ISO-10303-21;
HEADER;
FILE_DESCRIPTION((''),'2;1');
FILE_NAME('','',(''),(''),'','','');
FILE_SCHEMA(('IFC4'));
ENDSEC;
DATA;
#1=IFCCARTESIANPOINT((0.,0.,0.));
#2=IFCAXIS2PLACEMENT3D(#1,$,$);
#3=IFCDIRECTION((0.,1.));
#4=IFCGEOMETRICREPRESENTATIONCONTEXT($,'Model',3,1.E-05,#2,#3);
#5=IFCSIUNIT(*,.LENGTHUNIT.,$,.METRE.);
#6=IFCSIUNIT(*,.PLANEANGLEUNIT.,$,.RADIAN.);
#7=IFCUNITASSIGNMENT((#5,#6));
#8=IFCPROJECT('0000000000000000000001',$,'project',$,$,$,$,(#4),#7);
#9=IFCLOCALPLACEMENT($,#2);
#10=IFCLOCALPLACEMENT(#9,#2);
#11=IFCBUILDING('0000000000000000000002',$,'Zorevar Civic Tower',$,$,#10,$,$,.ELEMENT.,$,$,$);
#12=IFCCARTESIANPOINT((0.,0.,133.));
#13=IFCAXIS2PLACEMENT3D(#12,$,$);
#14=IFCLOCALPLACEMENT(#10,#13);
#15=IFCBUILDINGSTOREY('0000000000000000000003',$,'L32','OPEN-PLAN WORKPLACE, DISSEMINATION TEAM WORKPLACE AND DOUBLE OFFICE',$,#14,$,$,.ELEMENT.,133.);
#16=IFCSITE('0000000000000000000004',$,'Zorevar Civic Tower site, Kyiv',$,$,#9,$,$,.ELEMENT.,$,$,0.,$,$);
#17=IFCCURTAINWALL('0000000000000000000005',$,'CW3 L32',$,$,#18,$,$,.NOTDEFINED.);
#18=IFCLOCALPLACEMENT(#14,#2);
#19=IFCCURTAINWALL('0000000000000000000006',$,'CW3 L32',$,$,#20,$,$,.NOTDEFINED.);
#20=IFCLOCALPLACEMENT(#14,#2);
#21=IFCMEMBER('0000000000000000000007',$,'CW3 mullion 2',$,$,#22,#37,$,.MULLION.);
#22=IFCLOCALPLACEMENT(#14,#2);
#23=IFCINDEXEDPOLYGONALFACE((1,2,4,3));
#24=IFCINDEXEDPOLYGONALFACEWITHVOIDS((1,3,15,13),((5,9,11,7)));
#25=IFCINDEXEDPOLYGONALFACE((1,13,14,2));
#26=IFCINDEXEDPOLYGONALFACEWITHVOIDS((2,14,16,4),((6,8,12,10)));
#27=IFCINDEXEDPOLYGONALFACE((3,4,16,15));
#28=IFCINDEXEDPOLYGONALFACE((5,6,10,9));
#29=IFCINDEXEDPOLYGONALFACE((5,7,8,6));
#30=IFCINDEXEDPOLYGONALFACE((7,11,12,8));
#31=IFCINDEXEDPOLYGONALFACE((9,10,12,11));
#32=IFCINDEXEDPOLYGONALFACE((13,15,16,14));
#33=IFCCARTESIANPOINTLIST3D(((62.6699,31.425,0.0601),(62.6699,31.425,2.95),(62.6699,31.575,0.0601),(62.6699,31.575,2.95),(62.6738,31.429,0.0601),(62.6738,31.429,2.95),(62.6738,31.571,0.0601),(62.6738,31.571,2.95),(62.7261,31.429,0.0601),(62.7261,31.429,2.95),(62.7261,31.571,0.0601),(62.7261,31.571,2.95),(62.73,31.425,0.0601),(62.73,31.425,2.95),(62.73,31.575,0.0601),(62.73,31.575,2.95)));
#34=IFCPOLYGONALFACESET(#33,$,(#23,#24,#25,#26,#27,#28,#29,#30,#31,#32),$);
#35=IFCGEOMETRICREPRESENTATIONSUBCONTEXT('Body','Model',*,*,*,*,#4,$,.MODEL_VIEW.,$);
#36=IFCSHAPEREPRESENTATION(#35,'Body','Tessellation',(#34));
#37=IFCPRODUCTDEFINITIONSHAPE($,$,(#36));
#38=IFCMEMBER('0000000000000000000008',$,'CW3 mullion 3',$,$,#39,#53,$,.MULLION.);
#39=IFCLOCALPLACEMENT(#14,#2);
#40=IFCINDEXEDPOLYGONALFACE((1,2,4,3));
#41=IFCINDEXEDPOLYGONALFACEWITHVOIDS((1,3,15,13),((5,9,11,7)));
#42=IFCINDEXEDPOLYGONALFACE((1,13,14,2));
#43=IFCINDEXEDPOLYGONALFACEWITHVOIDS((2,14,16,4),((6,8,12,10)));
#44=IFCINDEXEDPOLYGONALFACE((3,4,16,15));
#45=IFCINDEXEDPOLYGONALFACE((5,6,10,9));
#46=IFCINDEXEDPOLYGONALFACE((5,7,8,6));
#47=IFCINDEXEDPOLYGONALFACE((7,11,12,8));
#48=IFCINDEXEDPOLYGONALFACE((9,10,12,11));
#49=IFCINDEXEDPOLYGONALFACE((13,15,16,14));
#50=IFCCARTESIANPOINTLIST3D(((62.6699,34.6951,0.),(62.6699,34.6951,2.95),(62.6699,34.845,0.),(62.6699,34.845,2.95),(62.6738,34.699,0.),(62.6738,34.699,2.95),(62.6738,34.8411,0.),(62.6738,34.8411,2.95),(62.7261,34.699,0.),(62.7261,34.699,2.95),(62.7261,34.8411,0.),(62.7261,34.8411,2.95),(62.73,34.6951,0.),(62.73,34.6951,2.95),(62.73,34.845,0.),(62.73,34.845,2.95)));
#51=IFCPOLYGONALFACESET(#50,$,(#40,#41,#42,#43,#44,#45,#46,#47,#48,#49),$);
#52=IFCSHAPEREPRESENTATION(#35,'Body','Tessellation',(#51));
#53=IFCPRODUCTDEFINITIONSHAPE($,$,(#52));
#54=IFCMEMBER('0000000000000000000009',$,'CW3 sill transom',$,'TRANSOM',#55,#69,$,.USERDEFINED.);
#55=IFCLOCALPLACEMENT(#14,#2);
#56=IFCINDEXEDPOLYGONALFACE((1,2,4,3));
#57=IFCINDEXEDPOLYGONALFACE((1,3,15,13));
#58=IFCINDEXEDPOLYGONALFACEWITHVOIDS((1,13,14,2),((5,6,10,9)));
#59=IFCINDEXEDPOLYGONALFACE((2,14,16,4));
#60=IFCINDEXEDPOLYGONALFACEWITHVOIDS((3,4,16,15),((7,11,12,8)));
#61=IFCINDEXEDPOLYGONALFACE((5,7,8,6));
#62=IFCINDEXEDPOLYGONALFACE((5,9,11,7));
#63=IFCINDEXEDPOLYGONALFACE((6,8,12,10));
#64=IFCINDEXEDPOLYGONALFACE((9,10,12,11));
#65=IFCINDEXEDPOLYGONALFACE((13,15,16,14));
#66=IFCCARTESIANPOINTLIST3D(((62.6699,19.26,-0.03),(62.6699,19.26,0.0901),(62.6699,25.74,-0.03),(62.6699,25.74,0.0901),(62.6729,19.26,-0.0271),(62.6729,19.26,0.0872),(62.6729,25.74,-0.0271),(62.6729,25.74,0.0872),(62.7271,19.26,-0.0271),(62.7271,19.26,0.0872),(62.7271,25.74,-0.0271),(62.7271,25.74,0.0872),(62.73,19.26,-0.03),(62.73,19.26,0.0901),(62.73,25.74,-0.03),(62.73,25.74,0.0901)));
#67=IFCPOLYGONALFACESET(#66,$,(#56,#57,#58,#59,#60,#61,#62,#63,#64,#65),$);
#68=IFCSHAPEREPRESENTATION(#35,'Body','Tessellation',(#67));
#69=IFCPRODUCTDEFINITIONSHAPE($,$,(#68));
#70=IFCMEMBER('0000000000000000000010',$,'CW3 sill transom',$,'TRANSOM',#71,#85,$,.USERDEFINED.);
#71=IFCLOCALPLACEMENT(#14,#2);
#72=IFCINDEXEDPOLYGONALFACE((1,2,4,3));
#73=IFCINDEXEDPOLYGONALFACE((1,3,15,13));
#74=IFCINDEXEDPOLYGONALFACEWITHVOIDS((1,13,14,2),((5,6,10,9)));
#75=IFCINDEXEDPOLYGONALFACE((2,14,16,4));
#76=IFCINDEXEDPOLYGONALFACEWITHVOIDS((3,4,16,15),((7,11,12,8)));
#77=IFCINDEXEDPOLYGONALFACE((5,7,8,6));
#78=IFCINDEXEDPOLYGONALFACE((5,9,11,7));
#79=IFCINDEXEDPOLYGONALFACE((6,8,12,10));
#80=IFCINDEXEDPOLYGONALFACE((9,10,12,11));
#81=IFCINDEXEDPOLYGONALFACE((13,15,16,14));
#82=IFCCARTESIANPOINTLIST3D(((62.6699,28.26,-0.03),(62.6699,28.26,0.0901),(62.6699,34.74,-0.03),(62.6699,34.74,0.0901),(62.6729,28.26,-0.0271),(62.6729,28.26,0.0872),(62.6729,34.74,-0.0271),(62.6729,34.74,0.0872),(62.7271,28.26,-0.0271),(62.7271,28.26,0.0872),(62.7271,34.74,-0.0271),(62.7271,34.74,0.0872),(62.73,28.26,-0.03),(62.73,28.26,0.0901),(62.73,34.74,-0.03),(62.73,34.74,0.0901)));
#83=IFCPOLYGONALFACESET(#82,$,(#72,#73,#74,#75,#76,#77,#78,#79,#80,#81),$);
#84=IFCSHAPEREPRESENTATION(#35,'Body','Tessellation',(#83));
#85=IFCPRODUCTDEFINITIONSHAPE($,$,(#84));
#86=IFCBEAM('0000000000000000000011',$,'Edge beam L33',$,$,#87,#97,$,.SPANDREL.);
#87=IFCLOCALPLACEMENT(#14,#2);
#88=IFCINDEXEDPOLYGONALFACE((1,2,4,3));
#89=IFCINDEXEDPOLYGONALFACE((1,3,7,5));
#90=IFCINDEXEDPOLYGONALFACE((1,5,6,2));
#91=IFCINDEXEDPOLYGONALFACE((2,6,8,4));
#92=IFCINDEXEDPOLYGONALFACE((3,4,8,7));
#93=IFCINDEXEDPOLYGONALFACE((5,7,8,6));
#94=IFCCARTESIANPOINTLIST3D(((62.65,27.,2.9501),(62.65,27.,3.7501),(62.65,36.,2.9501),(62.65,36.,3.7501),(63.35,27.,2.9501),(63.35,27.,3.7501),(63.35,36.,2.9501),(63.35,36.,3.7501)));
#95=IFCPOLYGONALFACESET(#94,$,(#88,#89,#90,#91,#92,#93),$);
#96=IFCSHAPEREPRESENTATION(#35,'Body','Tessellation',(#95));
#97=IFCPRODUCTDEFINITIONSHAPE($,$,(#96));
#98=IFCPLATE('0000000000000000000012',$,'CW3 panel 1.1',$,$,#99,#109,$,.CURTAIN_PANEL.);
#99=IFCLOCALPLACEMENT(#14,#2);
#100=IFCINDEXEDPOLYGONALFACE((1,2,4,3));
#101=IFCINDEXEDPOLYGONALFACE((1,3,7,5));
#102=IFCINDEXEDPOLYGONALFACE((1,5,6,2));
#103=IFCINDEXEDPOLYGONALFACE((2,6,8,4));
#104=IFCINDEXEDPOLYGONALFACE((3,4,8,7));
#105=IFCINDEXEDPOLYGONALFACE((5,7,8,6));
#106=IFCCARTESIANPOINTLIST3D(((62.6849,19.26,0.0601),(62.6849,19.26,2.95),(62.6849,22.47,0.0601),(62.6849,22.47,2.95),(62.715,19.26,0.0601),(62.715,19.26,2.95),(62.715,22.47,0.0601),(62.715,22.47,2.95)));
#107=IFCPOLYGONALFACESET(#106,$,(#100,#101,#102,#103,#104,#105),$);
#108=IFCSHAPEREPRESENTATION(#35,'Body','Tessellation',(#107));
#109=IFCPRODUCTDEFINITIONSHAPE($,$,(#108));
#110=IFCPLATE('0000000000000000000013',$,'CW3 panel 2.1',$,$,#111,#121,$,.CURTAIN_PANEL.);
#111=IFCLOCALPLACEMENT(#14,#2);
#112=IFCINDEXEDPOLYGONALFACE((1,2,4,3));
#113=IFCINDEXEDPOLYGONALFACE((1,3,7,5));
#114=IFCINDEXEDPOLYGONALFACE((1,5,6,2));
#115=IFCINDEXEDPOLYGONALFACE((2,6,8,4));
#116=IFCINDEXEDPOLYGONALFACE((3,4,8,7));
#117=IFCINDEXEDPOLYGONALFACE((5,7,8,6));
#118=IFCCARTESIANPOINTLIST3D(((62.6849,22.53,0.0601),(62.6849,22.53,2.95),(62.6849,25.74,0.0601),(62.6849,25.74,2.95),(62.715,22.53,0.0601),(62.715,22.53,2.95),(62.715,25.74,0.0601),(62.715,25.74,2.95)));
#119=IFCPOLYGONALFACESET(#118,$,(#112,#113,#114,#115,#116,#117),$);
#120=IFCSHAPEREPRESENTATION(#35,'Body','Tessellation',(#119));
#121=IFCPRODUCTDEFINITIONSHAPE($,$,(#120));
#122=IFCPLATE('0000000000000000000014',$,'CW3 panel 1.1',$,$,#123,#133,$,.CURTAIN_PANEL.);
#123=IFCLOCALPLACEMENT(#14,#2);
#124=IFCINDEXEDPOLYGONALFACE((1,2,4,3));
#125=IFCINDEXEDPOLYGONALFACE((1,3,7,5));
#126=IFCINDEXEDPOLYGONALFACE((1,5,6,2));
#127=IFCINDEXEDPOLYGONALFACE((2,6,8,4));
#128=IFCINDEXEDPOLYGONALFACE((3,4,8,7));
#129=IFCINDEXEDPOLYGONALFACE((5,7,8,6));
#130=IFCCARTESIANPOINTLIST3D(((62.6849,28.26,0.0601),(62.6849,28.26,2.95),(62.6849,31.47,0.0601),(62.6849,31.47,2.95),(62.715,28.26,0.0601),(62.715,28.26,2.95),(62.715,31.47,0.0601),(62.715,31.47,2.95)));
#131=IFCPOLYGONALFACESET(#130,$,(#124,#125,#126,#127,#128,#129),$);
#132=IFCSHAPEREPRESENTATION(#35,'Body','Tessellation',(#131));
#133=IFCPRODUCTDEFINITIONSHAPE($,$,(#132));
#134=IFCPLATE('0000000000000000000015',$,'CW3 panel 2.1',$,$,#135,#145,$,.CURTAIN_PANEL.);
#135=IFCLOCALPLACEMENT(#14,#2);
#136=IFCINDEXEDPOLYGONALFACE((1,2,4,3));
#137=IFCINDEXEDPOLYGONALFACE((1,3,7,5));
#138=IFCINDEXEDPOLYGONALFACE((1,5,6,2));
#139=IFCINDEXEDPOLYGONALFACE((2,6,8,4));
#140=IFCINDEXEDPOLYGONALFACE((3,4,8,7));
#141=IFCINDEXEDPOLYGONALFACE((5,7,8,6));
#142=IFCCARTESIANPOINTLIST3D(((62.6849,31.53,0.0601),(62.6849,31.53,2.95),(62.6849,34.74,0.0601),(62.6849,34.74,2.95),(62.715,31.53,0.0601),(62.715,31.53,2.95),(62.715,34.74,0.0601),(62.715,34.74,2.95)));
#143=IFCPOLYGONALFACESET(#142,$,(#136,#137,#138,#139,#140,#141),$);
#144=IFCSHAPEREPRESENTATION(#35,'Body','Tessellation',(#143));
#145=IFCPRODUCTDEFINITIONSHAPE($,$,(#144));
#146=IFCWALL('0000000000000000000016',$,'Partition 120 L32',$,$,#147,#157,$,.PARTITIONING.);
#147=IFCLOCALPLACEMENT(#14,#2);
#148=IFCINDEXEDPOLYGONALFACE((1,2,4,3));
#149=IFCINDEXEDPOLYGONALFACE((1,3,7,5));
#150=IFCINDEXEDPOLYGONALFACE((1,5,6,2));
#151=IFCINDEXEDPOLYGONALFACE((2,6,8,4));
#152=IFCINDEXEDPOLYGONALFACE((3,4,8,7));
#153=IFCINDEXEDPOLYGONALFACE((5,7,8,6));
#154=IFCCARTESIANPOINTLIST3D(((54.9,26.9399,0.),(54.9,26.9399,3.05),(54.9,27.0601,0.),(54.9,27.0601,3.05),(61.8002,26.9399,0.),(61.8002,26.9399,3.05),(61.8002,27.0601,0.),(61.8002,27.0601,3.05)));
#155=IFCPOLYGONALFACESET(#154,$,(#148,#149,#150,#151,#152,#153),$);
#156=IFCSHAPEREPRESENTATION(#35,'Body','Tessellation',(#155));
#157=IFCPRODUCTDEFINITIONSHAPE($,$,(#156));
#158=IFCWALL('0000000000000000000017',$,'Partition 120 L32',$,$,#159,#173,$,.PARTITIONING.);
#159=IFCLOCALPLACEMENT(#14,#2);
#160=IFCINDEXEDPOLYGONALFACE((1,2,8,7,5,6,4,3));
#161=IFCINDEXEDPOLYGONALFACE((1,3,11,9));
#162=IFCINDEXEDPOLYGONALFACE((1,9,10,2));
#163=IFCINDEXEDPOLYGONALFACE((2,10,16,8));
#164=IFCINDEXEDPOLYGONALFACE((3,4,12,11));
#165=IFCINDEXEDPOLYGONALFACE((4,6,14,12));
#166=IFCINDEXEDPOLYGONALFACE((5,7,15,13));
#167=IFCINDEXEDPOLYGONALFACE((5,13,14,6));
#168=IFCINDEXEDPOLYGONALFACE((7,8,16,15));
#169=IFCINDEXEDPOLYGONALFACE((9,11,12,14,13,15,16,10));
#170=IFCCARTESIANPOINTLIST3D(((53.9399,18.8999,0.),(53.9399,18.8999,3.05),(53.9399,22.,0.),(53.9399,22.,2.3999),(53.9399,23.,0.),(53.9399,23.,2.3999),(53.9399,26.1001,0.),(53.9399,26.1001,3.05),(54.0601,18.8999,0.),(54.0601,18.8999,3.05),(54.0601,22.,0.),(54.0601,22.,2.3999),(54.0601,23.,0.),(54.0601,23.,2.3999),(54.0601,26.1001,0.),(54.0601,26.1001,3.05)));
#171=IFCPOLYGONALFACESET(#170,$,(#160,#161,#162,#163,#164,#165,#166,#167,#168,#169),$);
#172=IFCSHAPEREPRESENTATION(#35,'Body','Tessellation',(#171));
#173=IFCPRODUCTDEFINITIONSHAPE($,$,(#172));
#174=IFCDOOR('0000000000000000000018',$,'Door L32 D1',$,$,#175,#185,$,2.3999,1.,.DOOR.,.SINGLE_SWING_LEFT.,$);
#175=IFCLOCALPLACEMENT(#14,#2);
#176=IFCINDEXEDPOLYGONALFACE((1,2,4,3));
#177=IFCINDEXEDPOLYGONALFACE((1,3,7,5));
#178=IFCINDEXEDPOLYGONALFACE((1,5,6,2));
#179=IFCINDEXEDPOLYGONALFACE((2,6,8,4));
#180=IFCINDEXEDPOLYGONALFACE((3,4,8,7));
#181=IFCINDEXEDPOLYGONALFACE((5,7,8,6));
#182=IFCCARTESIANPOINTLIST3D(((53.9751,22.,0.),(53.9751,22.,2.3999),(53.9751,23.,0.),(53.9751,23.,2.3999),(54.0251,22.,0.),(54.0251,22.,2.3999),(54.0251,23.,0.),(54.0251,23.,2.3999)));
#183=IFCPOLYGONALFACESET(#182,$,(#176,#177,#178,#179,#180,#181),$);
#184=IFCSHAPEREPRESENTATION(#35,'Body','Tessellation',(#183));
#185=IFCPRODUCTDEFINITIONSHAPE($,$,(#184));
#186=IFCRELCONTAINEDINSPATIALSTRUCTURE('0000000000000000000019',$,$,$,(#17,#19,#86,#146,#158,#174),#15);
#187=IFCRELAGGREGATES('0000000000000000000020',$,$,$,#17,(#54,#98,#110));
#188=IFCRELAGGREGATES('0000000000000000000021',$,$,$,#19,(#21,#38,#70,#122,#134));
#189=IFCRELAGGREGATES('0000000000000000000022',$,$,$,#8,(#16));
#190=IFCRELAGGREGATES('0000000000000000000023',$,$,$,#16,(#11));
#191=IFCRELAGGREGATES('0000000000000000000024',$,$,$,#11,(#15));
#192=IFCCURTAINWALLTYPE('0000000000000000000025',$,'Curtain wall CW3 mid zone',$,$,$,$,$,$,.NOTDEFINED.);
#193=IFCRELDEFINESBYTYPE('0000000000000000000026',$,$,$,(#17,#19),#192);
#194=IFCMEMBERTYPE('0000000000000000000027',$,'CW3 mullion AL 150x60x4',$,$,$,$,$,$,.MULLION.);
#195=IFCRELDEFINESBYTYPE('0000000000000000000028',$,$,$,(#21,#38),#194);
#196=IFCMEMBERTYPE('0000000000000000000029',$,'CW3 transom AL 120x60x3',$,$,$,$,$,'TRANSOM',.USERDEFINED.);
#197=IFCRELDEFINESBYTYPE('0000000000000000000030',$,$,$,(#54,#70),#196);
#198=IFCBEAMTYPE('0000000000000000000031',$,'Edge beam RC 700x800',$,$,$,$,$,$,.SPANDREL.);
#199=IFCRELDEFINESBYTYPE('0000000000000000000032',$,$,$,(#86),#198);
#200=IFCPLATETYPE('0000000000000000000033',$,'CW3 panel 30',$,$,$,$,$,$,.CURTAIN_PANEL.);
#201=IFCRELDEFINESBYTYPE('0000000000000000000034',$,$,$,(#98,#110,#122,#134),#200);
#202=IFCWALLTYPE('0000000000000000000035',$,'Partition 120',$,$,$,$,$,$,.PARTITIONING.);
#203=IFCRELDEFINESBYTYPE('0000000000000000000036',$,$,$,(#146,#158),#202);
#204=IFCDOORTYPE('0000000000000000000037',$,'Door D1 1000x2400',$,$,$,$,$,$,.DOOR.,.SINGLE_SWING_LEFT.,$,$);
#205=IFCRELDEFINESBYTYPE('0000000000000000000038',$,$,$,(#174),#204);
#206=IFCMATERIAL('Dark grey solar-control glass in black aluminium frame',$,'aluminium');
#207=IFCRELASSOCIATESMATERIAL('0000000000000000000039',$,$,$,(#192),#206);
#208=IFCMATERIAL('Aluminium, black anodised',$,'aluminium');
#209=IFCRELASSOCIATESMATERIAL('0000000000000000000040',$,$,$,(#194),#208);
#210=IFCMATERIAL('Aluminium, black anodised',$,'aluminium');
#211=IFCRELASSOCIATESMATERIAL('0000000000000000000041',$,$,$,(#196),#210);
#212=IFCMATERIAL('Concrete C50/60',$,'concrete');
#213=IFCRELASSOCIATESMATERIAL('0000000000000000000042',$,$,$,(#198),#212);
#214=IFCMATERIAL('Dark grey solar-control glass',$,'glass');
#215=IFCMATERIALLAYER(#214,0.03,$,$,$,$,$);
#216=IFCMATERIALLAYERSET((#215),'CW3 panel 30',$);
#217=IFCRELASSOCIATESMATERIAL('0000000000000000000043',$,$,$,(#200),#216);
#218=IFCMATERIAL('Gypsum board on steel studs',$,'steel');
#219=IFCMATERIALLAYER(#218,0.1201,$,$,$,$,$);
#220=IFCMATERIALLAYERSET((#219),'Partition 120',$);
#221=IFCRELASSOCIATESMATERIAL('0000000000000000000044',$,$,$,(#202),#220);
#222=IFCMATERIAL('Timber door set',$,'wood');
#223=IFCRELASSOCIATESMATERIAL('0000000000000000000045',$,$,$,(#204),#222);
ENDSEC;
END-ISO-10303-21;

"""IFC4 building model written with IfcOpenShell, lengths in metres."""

from ifc_helpers import new_model, si_unit, direction, frame, frame_2d, origin, origin_2d, place, context, subcontext, project, spatial, rectangle, hollow_rectangle, extrude, material, layer, layer_set, material_profile, profile_set, type_object, element, fill, aggregate, save


model = new_model("IFC4")

# Units and contexts
model_context = context("Model", 3, precision=1e-05, world=origin(), true_north=direction((0.0, 1.0)))
body_context = subcontext(model_context, "Body", "Model", "MODEL_VIEW")
ifc_project = project(units=[si_unit("LENGTHUNIT", "METRE"), si_unit("PLANEANGLEUNIT", "RADIAN")], contexts=[model_context])

# Site, building, storey
site_placement = place(None, origin())
site = spatial("IfcSite", under=ifc_project, at=site_placement, Name="Zorevar Civic Tower site, Kyiv", CompositionType="ELEMENT", RefElevation=0.0)
building_placement = place(site_placement, origin())
building = spatial("IfcBuilding", under=site, at=building_placement, Name="Zorevar Civic Tower", CompositionType="ELEMENT")
storey_placement = place(building_placement, frame((0.0, 0.0, 133.0)))
storey = spatial("IfcBuildingStorey", under=building, at=storey_placement, Name="L32", Description="OPEN-PLAN WORKPLACE, DISSEMINATION TEAM WORKPLACE AND DOUBLE OFFICE", CompositionType="ELEMENT", Elevation=133.0)

# Curtain walls, members
ifc_material_1 = material(Name="Dark grey solar-control glass in black aluminium frame", Category="aluminium")
curtain_wall_type = type_object("IfcCurtainWallType", Name="Curtain wall CW3 mid zone", PredefinedType="NOTDEFINED", material=ifc_material_1)
curtain_wall_1_placement = place(storey_placement, origin())
curtain_wall_1 = element("IfcCurtainWall", 1, at=curtain_wall_1_placement, inside=storey, type_object=curtain_wall_type, Name="CW3 L32", PredefinedType="NOTDEFINED")
ifc_material_2 = material(Name="Aluminium, black anodised", Category="aluminium")
ifc_material_profile_1 = material_profile(ifc_material_2, hollow_rectangle(XDim=0.0601, YDim=0.1499, WallThickness=0.0039, at=origin_2d()), Name="AL 150x60x4")
ifc_profile_set_1 = profile_set([ifc_material_profile_1], Name="Aluminium, black anodised")
member_type_1 = type_object("IfcMemberType", Name="CW3 mullion AL 150x60x4", PredefinedType="MULLION", material=ifc_profile_set_1)
curtain_wall_2_placement = place(storey_placement, origin())
curtain_wall_2 = element("IfcCurtainWall", 2, at=curtain_wall_2_placement, inside=storey, type_object=curtain_wall_type, Name="CW3 L32", PredefinedType="NOTDEFINED")
member_1_placement = place(storey_placement, frame((62.7, 31.5, 0.0601), z_axis=(0.0, 0.0, 1.0), x_axis=(-1.0, 0.0, 0.0)))
member_1 = element("IfcMember", 3, at=member_1_placement, type_object=member_type_1, Name="CW3 mullion 2", PredefinedType="MULLION", context=body_context, shape_type="SweptSolid", body=[
    extrude(hollow_rectangle(XDim=0.0601, YDim=0.1499, WallThickness=0.0039, at=origin_2d()), origin(), (0.0, 0.0, 1.0), 2.8899),
])
member_2_placement = place(storey_placement, frame((62.7, 34.77, 0.0), z_axis=(0.0, 0.0, 1.0), x_axis=(-1.0, 0.0, 0.0)))
member_2 = element("IfcMember", 4, at=member_2_placement, type_object=member_type_1, Name="CW3 mullion 3", PredefinedType="MULLION", context=body_context, shape_type="SweptSolid", body=[
    extrude(hollow_rectangle(XDim=0.0601, YDim=0.1499, WallThickness=0.0039, at=origin_2d()), origin(), (0.0, 0.0, 1.0), 2.95),
])

# Members
ifc_material_3 = material(Name="Aluminium, black anodised", Category="aluminium")
ifc_material_profile_2 = material_profile(ifc_material_3, hollow_rectangle(XDim=0.0601, YDim=0.1201, WallThickness=0.0029, at=origin_2d()), Name="AL 120x60x3")
ifc_profile_set_2 = profile_set([ifc_material_profile_2], Name="Aluminium, black anodised")
member_type_2 = type_object("IfcMemberType", Name="CW3 transom AL 120x60x3", ElementType="TRANSOM", PredefinedType="USERDEFINED", material=ifc_profile_set_2)
member_3_placement = place(storey_placement, frame((62.7, 19.26, 0.03), z_axis=(0.0, 1.0, 0.0), x_axis=(-1.0, 0.0, 0.0)))
member_3 = element("IfcMember", 5, at=member_3_placement, type_object=member_type_2, Name="CW3 sill transom", ObjectType="TRANSOM", PredefinedType="USERDEFINED", context=body_context, shape_type="SweptSolid", body=[
    extrude(hollow_rectangle(XDim=0.0601, YDim=0.1201, WallThickness=0.0029, at=origin_2d()), origin(), (0.0, 0.0, 1.0), 6.48),
])
member_4_placement = place(storey_placement, frame((62.7, 28.26, 0.03), z_axis=(0.0, 1.0, 0.0), x_axis=(-1.0, 0.0, 0.0)))
member_4 = element("IfcMember", 6, at=member_4_placement, type_object=member_type_2, Name="CW3 sill transom", ObjectType="TRANSOM", PredefinedType="USERDEFINED", context=body_context, shape_type="SweptSolid", body=[
    extrude(hollow_rectangle(XDim=0.0601, YDim=0.1201, WallThickness=0.0029, at=origin_2d()), origin(), (0.0, 0.0, 1.0), 6.48),
])

# Beam
ifc_material_4 = material(Name="Concrete C50/60", Category="concrete")
ifc_material_profile_3 = material_profile(ifc_material_4, rectangle(XDim=0.7, YDim=0.8, at=origin_2d()), Name="RC 700x800")
ifc_profile_set_3 = profile_set([ifc_material_profile_3], Name="Concrete C50/60")
beam_type_1 = type_object("IfcBeamType", Name="Edge beam RC 700x800", PredefinedType="SPANDREL", material=ifc_profile_set_3)
beam_1_placement = place(storey_placement, frame((63.0, 27.0, 3.3501), z_axis=(0.0, 1.0, 0.0), x_axis=(-1.0, 0.0, 0.0)))
element("IfcBeam", 7, at=beam_1_placement, inside=storey, type_object=beam_type_1, Name="Edge beam L33", PredefinedType="SPANDREL", context=body_context, shape_type="SweptSolid", body=[
    extrude(rectangle(XDim=0.7, YDim=0.8, at=origin_2d()), origin(), (0.0, 0.0, 1.0), 9.0),
])

# Plates
ifc_material_5 = material(Name="Dark grey solar-control glass", Category="glass")
ifc_layer_1 = layer(ifc_material_5, 0.03)
ifc_layer_set_1 = layer_set([ifc_layer_1], Name="CW3 panel 30")
plate_type = type_object("IfcPlateType", Name="CW3 panel 30", PredefinedType="CURTAIN_PANEL", material=ifc_layer_set_1)
plate_1_placement = place(storey_placement, frame((62.7, 20.865, 0.0601), z_axis=(0.0, 0.0, 1.0), x_axis=(0.0, 1.0, 0.0)))
plate_1 = element("IfcPlate", 8, at=plate_1_placement, type_object=plate_type, Name="CW3 panel 1.1", PredefinedType="CURTAIN_PANEL", context=body_context, shape_type="SweptSolid", body=[
    extrude(rectangle(XDim=3.21, YDim=0.03, at=origin_2d()), origin(), (0.0, 0.0, 1.0), 2.8899),
])
plate_2_placement = place(storey_placement, frame((62.7, 24.135, 0.0601), z_axis=(0.0, 0.0, 1.0), x_axis=(0.0, 1.0, 0.0)))
plate_2 = element("IfcPlate", 9, at=plate_2_placement, type_object=plate_type, Name="CW3 panel 2.1", PredefinedType="CURTAIN_PANEL", context=body_context, shape_type="SweptSolid", body=[
    extrude(rectangle(XDim=3.21, YDim=0.03, at=origin_2d()), origin(), (0.0, 0.0, 1.0), 2.8899),
])
aggregate(curtain_wall_1, [member_3, plate_1, plate_2])
plate_3_placement = place(storey_placement, frame((62.7, 29.865, 0.0601), z_axis=(0.0, 0.0, 1.0), x_axis=(0.0, 1.0, 0.0)))
plate_3 = element("IfcPlate", 10, at=plate_3_placement, type_object=plate_type, Name="CW3 panel 1.1", PredefinedType="CURTAIN_PANEL", context=body_context, shape_type="SweptSolid", body=[
    extrude(rectangle(XDim=3.21, YDim=0.03, at=origin_2d()), origin(), (0.0, 0.0, 1.0), 2.8899),
])
plate_4_placement = place(storey_placement, frame((62.7, 33.135, 0.0601), z_axis=(0.0, 0.0, 1.0), x_axis=(0.0, 1.0, 0.0)))
plate_4 = element("IfcPlate", 11, at=plate_4_placement, type_object=plate_type, Name="CW3 panel 2.1", PredefinedType="CURTAIN_PANEL", context=body_context, shape_type="SweptSolid", body=[
    extrude(rectangle(XDim=3.21, YDim=0.03, at=origin_2d()), origin(), (0.0, 0.0, 1.0), 2.8899),
])
aggregate(curtain_wall_2, [member_1, member_2, member_4, plate_3, plate_4])

# Wall
ifc_material_6 = material(Name="Gypsum board on steel studs", Category="steel")
ifc_layer_2 = layer(ifc_material_6, 0.1201)
ifc_layer_set_2 = layer_set([ifc_layer_2], Name="Partition 120")
wall_type = type_object("IfcWallType", Name="Partition 120", PredefinedType="PARTITIONING", material=ifc_layer_set_2)
wall_1_placement = place(storey_placement, frame((54.8999, 27.0, 0.0), z_axis=(0.0, 0.0, 1.0), x_axis=(1.0, 0.0, 0.0)))
element("IfcWall", 12, at=wall_1_placement, inside=storey, type_object=wall_type, Name="Partition 120 L32", PredefinedType="PARTITIONING", context=body_context, shape_type="SweptSolid", body=[
    extrude(rectangle(XDim=6.9001, YDim=0.1201, at=frame_2d((3.4502, 0.0))), origin(), (0.0, 0.0, 1.0), 3.05),
])

# Wall, opening, door
wall_2_placement = place(storey_placement, frame((54.0, 18.8999, 0.0), z_axis=(0.0, 0.0, 1.0), x_axis=(0.0, 1.0, 0.0)))
wall_2 = element("IfcWall", 13, at=wall_2_placement, inside=storey, type_object=wall_type, Name="Partition 120 L32", PredefinedType="PARTITIONING", context=body_context, shape_type="SweptSolid", body=[
    extrude(rectangle(XDim=7.2002, YDim=0.1201, at=frame_2d((3.6001, 0.0))), origin(), (0.0, 0.0, 1.0), 3.05),
])
opening_1_placement = place(wall_2_placement, frame((3.1001, 0.0, 0.0)))
opening_1 = element("IfcOpeningElement", 14, at=opening_1_placement, cuts=wall_2, PredefinedType="OPENING", context=body_context, shape_type="SweptSolid", body=[
    extrude(rectangle(XDim=1.0, YDim=2.3999, at=frame_2d((0.5, 1.2))), frame((0.0, 0.0701, 0.0), z_axis=(0.0, -1.0, 0.0), x_axis=(1.0, 0.0, 0.0)), (0.0, 0.0, 1.0), 0.1401),
])
ifc_material_7 = material(Name="Timber door set", Category="wood")
door_type = type_object("IfcDoorType", Name="Door D1 1000x2400", OperationType="SINGLE_SWING_LEFT", PredefinedType="DOOR", material=ifc_material_7)
door_1_placement = place(opening_1_placement, origin())
door_1 = element("IfcDoor", 15, at=door_1_placement, inside=storey, type_object=door_type, Name="Door L32 D1", OperationType="SINGLE_SWING_LEFT", OverallHeight=2.3999, OverallWidth=1.0, PredefinedType="DOOR", context=body_context, shape_type="SweptSolid", body=[
    extrude(rectangle(XDim=1.0, YDim=2.3999, at=frame_2d((0.5, 1.2))), frame((0.0, 0.0249, 0.0), z_axis=(0.0, -1.0, 0.0), x_axis=(1.0, 0.0, 0.0)), (0.0, 0.0, 1.0), 0.05),
])
fill(opening_1, door_1)

save(model, "model.ifc")
